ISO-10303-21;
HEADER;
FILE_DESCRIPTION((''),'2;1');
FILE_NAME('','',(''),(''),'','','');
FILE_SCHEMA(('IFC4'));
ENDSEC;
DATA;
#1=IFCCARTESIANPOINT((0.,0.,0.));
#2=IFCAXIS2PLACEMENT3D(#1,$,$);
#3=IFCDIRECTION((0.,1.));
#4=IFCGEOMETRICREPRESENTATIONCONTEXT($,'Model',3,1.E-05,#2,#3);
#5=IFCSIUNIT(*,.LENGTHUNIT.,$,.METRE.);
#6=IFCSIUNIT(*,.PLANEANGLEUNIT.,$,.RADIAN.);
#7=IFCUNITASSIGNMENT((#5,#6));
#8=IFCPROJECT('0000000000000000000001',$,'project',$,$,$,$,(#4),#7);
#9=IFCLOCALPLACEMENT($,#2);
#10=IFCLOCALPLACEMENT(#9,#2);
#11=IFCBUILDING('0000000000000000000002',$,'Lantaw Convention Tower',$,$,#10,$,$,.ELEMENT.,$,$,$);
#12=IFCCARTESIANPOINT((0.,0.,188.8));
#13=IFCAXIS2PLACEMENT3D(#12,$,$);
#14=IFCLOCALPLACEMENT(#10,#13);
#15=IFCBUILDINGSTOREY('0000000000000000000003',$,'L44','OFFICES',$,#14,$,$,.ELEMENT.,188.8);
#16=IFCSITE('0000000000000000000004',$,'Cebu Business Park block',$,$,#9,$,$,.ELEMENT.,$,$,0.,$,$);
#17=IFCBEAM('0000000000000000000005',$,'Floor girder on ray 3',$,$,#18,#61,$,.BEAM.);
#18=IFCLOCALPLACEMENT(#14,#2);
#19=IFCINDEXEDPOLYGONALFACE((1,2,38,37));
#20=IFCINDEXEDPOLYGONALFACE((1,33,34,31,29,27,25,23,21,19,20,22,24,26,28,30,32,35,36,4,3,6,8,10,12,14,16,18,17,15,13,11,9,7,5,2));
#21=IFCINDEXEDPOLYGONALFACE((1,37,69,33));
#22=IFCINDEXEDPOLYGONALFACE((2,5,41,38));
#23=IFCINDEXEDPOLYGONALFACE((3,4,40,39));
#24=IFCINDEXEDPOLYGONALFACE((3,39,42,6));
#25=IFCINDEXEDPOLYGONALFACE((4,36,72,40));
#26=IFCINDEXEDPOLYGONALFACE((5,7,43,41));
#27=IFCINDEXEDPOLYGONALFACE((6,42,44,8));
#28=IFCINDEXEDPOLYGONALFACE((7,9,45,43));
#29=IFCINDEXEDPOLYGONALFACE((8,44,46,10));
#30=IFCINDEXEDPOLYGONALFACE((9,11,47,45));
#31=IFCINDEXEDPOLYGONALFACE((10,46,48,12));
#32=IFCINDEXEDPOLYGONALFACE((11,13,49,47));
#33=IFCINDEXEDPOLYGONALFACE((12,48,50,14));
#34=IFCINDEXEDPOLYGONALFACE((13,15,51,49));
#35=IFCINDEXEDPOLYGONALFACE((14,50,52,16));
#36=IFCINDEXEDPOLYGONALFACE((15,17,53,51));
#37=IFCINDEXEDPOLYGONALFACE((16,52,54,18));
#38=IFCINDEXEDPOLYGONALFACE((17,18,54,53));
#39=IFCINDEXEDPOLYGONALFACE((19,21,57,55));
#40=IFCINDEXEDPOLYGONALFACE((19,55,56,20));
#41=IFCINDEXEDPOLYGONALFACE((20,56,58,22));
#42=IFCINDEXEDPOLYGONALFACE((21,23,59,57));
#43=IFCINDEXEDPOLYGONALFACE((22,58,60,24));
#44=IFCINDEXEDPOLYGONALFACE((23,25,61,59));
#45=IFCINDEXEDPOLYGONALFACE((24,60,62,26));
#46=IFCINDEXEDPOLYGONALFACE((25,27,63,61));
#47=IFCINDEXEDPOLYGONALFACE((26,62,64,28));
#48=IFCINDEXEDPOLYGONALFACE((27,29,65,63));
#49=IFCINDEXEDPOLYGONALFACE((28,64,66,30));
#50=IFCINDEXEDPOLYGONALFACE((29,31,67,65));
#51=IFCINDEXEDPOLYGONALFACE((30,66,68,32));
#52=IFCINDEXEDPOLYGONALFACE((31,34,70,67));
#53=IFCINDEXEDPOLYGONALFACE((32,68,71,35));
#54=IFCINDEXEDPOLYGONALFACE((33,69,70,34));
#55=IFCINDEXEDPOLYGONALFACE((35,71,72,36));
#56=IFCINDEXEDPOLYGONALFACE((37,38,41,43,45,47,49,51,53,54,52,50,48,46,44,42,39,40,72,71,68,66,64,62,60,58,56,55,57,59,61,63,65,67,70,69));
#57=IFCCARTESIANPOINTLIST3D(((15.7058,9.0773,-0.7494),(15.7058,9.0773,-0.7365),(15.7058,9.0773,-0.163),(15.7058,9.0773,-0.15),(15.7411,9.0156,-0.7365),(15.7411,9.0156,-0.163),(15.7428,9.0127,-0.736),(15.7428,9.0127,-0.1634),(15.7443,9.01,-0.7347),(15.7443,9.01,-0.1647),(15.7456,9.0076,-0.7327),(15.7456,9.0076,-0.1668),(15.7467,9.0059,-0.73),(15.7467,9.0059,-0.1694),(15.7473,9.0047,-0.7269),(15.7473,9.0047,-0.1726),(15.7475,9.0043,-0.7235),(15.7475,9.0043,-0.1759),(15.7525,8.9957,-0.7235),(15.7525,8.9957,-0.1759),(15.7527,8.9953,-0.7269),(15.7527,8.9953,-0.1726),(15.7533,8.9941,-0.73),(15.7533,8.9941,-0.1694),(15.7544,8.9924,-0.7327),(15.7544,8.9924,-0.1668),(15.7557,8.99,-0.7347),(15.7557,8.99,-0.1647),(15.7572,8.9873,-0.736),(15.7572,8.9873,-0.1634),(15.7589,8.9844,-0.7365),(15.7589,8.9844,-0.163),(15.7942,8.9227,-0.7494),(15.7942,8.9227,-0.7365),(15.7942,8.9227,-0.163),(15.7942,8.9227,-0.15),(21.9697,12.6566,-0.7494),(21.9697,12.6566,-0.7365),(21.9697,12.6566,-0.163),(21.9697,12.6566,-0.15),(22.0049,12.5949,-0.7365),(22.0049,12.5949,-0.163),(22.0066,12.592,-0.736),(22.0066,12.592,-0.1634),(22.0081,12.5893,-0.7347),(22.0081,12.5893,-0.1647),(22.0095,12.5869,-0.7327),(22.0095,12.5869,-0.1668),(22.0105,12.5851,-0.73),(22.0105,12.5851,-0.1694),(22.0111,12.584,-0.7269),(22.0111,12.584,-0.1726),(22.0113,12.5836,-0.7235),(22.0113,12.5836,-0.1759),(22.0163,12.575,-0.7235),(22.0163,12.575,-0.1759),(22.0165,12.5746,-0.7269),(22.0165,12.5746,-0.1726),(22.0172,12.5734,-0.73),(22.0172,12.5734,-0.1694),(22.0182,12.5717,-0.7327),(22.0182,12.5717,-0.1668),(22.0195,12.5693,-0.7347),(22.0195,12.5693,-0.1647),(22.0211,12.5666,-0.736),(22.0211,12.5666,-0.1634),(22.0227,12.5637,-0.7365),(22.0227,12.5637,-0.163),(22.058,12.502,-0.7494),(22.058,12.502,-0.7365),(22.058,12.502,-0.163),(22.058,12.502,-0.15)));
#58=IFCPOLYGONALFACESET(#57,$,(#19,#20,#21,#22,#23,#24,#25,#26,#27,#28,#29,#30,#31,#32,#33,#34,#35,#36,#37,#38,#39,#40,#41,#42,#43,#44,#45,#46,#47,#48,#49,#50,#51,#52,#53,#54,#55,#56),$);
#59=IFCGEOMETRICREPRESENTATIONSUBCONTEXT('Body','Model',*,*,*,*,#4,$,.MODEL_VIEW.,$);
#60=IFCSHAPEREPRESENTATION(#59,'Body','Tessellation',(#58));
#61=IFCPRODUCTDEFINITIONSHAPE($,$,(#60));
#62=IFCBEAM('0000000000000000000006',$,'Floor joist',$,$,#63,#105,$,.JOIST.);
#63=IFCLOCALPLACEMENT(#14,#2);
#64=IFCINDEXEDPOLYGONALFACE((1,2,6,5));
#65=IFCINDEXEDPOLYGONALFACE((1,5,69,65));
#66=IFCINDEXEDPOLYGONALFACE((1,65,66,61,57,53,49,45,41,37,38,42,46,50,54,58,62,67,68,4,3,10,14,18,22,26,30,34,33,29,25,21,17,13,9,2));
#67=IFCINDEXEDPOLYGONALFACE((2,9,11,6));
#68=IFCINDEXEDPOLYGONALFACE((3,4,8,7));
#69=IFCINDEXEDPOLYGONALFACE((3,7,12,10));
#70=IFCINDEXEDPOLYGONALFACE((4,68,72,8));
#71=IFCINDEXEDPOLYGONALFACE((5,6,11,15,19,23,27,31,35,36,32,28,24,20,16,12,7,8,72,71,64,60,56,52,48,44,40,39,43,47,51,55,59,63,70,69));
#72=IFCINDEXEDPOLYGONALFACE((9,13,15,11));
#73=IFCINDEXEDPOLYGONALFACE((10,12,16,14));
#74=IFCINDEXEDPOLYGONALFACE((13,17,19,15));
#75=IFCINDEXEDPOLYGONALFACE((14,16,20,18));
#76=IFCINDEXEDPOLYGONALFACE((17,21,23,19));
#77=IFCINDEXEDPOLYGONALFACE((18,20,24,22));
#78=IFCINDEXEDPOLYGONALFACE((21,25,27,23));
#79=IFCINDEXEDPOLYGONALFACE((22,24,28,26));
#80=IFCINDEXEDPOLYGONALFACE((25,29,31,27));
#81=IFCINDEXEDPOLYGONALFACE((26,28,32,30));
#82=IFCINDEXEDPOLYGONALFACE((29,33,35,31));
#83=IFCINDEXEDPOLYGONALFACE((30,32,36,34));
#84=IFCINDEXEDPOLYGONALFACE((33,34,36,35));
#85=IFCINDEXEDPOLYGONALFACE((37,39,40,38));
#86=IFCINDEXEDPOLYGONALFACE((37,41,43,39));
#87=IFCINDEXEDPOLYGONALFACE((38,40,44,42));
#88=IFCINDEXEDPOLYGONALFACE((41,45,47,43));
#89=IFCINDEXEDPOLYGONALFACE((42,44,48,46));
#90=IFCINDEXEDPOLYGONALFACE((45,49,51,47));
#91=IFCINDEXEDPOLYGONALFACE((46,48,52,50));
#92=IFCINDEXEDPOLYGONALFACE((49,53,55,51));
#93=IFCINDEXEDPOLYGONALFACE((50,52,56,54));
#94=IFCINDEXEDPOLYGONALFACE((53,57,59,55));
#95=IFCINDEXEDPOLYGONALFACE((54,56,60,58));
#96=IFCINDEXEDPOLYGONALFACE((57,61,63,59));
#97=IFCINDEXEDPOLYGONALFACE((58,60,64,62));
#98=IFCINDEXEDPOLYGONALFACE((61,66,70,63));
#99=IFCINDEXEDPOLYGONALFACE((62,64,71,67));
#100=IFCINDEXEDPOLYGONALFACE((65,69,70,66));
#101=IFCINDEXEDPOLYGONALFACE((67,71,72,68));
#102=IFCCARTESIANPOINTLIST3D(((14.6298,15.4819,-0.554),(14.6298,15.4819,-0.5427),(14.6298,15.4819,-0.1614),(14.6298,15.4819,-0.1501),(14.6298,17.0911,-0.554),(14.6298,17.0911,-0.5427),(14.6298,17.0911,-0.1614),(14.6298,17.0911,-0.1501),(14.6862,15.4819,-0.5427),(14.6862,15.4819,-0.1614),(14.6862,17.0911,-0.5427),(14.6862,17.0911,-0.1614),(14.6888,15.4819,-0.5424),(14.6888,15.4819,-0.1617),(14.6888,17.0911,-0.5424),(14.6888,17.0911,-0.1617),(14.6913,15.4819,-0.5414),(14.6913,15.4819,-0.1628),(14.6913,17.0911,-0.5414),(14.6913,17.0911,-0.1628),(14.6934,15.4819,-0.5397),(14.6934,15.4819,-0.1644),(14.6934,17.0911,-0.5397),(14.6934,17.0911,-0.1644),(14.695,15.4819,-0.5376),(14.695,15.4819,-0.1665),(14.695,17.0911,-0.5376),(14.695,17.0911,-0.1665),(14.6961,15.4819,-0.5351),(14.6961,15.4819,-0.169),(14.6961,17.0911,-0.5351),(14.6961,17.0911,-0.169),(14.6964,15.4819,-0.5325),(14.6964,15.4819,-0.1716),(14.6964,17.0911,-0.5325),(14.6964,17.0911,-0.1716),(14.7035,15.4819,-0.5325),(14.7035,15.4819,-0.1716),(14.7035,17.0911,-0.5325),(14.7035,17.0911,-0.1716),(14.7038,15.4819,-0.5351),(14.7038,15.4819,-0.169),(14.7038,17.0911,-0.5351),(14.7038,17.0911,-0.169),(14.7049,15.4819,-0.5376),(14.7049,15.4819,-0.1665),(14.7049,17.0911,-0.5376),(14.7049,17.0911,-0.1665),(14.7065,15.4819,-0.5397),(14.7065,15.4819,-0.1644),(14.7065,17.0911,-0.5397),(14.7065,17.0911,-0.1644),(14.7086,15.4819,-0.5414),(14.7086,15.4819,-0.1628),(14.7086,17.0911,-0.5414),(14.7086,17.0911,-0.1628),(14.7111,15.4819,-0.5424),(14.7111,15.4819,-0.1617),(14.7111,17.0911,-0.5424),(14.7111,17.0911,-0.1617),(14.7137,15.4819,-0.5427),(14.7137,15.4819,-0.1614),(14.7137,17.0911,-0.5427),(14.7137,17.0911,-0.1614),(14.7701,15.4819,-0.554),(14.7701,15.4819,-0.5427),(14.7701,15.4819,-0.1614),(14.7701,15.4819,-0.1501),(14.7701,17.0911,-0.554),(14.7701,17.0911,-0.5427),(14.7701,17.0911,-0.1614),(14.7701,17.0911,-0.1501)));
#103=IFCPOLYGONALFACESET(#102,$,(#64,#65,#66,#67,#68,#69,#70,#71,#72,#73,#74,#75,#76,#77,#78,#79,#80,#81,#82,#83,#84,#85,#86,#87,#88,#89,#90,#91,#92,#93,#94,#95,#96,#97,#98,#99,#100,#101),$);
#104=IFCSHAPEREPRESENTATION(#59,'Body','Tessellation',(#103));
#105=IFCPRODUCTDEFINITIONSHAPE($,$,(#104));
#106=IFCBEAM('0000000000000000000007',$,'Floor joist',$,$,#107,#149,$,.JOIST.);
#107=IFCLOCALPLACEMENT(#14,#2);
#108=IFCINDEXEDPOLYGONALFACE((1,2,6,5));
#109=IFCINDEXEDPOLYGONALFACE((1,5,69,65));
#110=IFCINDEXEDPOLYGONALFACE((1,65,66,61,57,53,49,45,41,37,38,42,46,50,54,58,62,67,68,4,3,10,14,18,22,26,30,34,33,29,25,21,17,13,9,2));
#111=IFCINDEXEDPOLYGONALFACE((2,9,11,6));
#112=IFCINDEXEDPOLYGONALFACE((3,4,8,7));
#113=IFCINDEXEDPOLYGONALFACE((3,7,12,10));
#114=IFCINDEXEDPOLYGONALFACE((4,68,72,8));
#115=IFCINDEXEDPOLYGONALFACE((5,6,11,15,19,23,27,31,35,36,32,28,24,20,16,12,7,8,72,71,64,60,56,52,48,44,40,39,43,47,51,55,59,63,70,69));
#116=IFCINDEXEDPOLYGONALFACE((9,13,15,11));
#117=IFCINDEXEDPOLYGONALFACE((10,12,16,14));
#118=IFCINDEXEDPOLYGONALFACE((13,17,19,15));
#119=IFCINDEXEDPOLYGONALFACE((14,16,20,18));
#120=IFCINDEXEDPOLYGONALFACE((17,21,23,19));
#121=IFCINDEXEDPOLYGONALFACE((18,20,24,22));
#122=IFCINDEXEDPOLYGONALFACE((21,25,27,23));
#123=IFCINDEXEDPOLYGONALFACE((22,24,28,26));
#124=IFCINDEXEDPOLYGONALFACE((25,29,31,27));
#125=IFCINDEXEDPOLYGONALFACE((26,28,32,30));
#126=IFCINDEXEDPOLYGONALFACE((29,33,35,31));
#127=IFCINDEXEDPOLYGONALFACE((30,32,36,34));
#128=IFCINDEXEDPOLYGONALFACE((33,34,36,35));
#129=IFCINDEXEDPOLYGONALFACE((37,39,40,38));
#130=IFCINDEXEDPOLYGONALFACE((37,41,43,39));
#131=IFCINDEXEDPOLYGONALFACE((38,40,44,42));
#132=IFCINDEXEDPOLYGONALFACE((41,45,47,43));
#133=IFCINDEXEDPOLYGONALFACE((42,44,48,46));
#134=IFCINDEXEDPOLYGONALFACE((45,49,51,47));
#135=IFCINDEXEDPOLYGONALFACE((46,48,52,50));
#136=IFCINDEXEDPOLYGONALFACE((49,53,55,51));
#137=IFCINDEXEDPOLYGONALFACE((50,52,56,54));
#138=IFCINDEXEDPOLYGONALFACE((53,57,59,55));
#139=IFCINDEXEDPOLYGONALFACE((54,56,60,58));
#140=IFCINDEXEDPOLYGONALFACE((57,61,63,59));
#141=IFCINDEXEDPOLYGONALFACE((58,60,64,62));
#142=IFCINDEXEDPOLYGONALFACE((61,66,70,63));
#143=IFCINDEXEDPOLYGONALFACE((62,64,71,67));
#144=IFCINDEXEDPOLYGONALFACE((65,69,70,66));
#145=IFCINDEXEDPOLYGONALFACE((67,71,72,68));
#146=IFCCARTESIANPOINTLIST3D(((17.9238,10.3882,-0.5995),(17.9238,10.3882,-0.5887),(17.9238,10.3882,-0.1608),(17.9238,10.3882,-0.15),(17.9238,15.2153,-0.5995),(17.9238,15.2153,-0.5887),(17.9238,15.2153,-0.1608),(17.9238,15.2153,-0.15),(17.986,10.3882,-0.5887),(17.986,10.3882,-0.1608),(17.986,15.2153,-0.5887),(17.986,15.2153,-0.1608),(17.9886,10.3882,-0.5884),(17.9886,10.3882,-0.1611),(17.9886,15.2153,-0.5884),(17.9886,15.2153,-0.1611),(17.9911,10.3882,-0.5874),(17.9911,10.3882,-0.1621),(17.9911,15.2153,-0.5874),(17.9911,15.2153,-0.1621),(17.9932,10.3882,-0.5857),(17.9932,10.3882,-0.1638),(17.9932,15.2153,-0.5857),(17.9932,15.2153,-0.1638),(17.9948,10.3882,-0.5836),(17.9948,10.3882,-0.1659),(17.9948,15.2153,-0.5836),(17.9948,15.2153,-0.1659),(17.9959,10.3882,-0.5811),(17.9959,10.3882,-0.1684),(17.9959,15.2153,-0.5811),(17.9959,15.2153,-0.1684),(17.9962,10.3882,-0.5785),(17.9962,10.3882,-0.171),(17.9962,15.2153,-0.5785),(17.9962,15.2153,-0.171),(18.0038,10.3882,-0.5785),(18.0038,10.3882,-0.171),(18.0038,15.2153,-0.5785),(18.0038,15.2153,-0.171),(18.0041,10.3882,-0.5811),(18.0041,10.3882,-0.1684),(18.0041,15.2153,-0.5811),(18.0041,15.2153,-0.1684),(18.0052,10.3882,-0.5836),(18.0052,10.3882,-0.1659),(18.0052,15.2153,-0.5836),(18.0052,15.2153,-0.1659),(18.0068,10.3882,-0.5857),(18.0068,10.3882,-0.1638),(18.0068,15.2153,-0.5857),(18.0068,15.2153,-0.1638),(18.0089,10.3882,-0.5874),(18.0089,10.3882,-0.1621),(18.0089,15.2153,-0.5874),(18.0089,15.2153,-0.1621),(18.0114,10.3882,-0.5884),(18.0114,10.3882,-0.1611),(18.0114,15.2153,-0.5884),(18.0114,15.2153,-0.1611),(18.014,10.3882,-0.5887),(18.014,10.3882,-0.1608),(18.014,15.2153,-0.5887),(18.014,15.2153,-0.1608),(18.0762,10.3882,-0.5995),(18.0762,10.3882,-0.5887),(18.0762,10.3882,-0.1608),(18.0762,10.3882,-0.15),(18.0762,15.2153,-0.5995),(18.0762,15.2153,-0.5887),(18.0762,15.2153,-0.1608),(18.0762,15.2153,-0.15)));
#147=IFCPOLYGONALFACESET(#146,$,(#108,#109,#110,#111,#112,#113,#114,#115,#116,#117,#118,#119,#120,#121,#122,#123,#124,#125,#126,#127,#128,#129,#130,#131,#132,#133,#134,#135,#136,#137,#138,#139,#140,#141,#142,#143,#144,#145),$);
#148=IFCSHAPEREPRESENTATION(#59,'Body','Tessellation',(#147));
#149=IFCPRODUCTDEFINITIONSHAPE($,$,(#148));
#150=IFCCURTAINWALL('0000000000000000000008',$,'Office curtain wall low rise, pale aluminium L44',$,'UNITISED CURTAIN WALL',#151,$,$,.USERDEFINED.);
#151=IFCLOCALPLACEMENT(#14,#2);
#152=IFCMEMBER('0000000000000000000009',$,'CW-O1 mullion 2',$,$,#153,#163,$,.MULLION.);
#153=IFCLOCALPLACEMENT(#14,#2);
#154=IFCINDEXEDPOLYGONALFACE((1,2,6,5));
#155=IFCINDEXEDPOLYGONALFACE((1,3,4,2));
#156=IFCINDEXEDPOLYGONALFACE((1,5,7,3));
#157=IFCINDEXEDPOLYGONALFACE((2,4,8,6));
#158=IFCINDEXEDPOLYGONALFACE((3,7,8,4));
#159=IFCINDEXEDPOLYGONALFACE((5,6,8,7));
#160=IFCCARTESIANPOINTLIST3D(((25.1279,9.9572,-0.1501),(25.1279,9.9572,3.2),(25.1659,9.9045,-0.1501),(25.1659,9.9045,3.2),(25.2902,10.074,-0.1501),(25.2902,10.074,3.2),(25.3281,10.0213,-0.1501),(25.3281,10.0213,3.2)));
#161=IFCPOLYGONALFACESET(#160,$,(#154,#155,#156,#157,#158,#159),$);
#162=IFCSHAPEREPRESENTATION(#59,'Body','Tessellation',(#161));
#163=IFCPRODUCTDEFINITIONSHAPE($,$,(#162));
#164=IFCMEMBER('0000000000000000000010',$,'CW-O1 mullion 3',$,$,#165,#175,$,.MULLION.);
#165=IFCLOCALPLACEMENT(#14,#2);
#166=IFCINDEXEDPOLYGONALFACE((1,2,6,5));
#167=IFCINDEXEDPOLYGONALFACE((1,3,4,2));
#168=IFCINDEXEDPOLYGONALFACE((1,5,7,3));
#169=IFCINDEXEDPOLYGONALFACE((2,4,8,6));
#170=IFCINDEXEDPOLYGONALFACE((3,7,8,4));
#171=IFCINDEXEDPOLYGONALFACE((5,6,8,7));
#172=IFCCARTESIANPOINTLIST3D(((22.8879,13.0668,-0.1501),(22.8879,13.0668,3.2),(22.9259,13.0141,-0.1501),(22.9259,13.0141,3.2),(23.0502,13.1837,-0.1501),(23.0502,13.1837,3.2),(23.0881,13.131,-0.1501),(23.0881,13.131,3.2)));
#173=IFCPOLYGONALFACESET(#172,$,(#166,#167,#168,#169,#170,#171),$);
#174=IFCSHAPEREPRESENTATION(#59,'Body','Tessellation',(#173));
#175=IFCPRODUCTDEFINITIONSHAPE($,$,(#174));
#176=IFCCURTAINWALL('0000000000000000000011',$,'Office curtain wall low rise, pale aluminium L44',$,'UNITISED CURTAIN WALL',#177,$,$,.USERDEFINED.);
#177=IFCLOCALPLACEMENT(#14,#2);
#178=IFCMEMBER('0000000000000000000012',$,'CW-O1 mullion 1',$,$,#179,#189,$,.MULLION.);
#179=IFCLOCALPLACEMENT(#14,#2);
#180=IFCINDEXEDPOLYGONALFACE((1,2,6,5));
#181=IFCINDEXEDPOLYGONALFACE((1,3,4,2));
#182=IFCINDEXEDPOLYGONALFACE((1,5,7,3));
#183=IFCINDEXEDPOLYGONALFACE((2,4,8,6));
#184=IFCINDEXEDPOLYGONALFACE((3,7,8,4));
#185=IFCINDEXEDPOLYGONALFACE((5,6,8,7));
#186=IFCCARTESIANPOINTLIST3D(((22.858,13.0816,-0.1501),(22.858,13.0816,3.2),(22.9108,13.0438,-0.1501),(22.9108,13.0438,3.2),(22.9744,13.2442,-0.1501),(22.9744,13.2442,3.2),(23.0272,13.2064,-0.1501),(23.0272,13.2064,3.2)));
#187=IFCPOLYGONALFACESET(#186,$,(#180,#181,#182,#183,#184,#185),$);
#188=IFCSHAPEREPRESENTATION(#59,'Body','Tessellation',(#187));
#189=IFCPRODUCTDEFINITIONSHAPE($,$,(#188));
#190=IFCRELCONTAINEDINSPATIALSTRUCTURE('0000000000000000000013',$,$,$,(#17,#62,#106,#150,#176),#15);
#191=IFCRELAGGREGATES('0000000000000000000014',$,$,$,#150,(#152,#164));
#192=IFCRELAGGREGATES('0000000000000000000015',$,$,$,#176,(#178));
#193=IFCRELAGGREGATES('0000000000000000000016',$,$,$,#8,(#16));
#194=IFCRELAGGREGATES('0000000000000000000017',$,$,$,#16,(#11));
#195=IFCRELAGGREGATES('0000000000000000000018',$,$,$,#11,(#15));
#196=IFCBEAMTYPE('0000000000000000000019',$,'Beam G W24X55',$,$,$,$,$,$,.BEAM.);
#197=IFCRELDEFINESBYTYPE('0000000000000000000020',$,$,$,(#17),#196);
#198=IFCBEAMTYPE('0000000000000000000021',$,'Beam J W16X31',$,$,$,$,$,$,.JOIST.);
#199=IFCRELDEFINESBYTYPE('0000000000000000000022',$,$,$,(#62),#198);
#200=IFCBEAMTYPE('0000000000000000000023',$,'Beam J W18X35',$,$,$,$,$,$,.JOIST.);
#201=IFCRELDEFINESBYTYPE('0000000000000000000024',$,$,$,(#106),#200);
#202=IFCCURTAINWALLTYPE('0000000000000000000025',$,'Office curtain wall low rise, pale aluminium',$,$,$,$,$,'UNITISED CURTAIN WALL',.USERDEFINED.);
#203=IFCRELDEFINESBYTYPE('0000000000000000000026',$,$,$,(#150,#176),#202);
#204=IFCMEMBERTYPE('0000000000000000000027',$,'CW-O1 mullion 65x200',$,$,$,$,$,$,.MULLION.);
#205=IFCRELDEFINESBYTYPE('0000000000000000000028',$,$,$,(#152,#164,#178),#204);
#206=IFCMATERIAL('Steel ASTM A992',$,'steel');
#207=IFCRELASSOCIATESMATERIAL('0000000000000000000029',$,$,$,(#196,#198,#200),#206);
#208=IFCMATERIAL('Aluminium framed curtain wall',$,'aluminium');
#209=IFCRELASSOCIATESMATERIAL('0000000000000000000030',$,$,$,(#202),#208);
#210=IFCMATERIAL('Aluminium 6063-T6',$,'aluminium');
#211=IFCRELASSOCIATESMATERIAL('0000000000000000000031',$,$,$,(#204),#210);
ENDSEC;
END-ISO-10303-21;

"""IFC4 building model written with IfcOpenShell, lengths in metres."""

from ifc_helpers import new_model, si_unit, direction, frame, origin, origin_2d, place, context, subcontext, project, spatial, rectangle, i_section, extrude, material, material_profile, profile_set, type_object, element, aggregate, save


model = new_model("IFC4")

# Units and contexts
model_context = context("Model", 3, precision=1e-05, world=origin(), true_north=direction((0.0, 1.0)))
body_context = subcontext(model_context, "Body", "Model", "MODEL_VIEW")
ifc_project = project(units=[si_unit("LENGTHUNIT", "METRE"), si_unit("PLANEANGLEUNIT", "RADIAN")], contexts=[model_context])

# Site, building, storey
site_placement = place(None, origin())
site = spatial("IfcSite", under=ifc_project, at=site_placement, Name="Cebu Business Park block", CompositionType="ELEMENT", RefElevation=0.0)
building_placement = place(site_placement, origin())
building = spatial("IfcBuilding", under=site, at=building_placement, Name="Lantaw Convention Tower", CompositionType="ELEMENT")
storey_placement = place(building_placement, frame((0.0, 0.0, 188.8)))
storey = spatial("IfcBuildingStorey", under=building, at=storey_placement, Name="L44", Description="OFFICES", CompositionType="ELEMENT", Elevation=188.8)

# Beams
ifc_material_1 = material(Name="Steel ASTM A992", Category="steel")
ifc_material_profile_1 = material_profile(ifc_material_1, i_section(OverallWidth=0.178, OverallDepth=0.5994, WebThickness=0.01, FlangeThickness=0.0129, FilletRadius=0.0129, at=origin_2d()), Name="W24X55")
ifc_profile_set_1 = profile_set([ifc_material_profile_1], Name="Steel ASTM A992")
beam_type_1 = type_object("IfcBeamType", Name="Beam G W24X55", PredefinedType="BEAM", material=ifc_profile_set_1)
beam_1_placement = place(storey_placement, frame((15.75, 9.0, -0.4497), z_axis=(0.868245, 0.496135, 0.0), x_axis=(-0.496135, 0.868245, 0.0)))
element("IfcBeam", 1, at=beam_1_placement, inside=storey, type_object=beam_type_1, Name="Floor girder on ray 3", PredefinedType="BEAM", context=body_context, shape_type="SweptSolid", body=[
    extrude(i_section(OverallWidth=0.178, OverallDepth=0.5994, WebThickness=0.01, FlangeThickness=0.0129, FilletRadius=0.0129, at=origin_2d()), origin(), (0.0, 0.0, 1.0), 7.2144),
])
ifc_material_profile_2 = material_profile(ifc_material_1, i_section(OverallWidth=0.1404, OverallDepth=0.4038, WebThickness=0.0071, FlangeThickness=0.0112, FilletRadius=0.0103, at=origin_2d()), Name="W16X31")
ifc_profile_set_2 = profile_set([ifc_material_profile_2], Name="Steel ASTM A992")
beam_type_2 = type_object("IfcBeamType", Name="Beam J W16X31", PredefinedType="JOIST", material=ifc_profile_set_2)
beam_2_placement = place(storey_placement, frame((14.7, 15.4819, -0.3521), z_axis=(0.0, 1.0, 0.0), x_axis=(-1.0, 0.0, 0.0)))
element("IfcBeam", 2, at=beam_2_placement, inside=storey, type_object=beam_type_2, Name="Floor joist", PredefinedType="JOIST", context=body_context, shape_type="SweptSolid", body=[
    extrude(i_section(OverallWidth=0.1404, OverallDepth=0.4038, WebThickness=0.0071, FlangeThickness=0.0112, FilletRadius=0.0103, at=origin_2d()), origin(), (0.0, 0.0, 1.0), 1.6091),
])
ifc_material_profile_3 = material_profile(ifc_material_1, i_section(OverallWidth=0.1523, OverallDepth=0.4495, WebThickness=0.0076, FlangeThickness=0.0107, FilletRadius=0.0103, at=origin_2d()), Name="W18X35")
ifc_profile_set_3 = profile_set([ifc_material_profile_3], Name="Steel ASTM A992")
beam_type_3 = type_object("IfcBeamType", Name="Beam J W18X35", PredefinedType="JOIST", material=ifc_profile_set_3)
beam_3_placement = place(storey_placement, frame((18.0, 10.3882, -0.3748), z_axis=(0.0, 1.0, 0.0), x_axis=(-1.0, 0.0, 0.0)))
element("IfcBeam", 3, at=beam_3_placement, inside=storey, type_object=beam_type_3, Name="Floor joist", PredefinedType="JOIST", context=body_context, shape_type="SweptSolid", body=[
    extrude(i_section(OverallWidth=0.1523, OverallDepth=0.4495, WebThickness=0.0076, FlangeThickness=0.0107, FilletRadius=0.0103, at=origin_2d()), origin(), (0.0, 0.0, 1.0), 4.8271),
])

# Curtain walls, members
ifc_material_2 = material(Name="Aluminium framed curtain wall", Category="aluminium")
curtain_wall_type = type_object("IfcCurtainWallType", Name="Office curtain wall low rise, pale aluminium", ElementType="UNITISED CURTAIN WALL", PredefinedType="USERDEFINED", material=ifc_material_2)
curtain_wall_1_placement = place(storey_placement, origin())
curtain_wall_1 = element("IfcCurtainWall", 4, at=curtain_wall_1_placement, inside=storey, type_object=curtain_wall_type, Name="Office curtain wall low rise, pale aluminium L44", ObjectType="UNITISED CURTAIN WALL", PredefinedType="USERDEFINED")
ifc_material_3 = material(Name="Aluminium 6063-T6", Category="aluminium")
ifc_material_profile_4 = material_profile(ifc_material_3, rectangle(XDim=0.2, YDim=0.0649, at=origin_2d()), Name="CW-O1 mullion 65x200")
ifc_profile_set_4 = profile_set([ifc_material_profile_4], Name="Aluminium 6063-T6")
member_type_1 = type_object("IfcMemberType", Name="CW-O1 mullion 65x200", PredefinedType="MULLION", material=ifc_profile_set_4)
member_1_placement = place(storey_placement, frame((25.228, 9.9893, -0.1501), z_axis=(0.0, 0.0, 1.0), x_axis=(-0.811385, -0.584513, 0.0)))
member_1 = element("IfcMember", 5, at=member_1_placement, type_object=member_type_1, Name="CW-O1 mullion 2", PredefinedType="MULLION", context=body_context, shape_type="SweptSolid", body=[
    extrude(rectangle(XDim=0.2, YDim=0.0649, at=origin_2d()), origin(), (0.0, 0.0, 1.0), 3.3501),
])
member_2_placement = place(storey_placement, frame((22.988, 13.0989, -0.1501), z_axis=(0.0, 0.0, 1.0), x_axis=(-0.811385, -0.584513, 0.0)))
member_2 = element("IfcMember", 6, at=member_2_placement, type_object=member_type_1, Name="CW-O1 mullion 3", PredefinedType="MULLION", context=body_context, shape_type="SweptSolid", body=[
    extrude(rectangle(XDim=0.2, YDim=0.0649, at=origin_2d()), origin(), (0.0, 0.0, 1.0), 3.3501),
])
curtain_wall_2_placement = place(storey_placement, origin())
curtain_wall_2 = element("IfcCurtainWall", 7, at=curtain_wall_2_placement, inside=storey, type_object=curtain_wall_type, Name="Office curtain wall low rise, pale aluminium L44", ObjectType="UNITISED CURTAIN WALL", PredefinedType="USERDEFINED")
member_3_placement = place(storey_placement, frame((22.9426, 13.144, -0.1501), z_axis=(0.0, 0.0, 1.0), x_axis=(-0.581973, -0.813208, 0.0)))
member_3 = element("IfcMember", 8, at=member_3_placement, type_object=member_type_1, Name="CW-O1 mullion 1", PredefinedType="MULLION", context=body_context, shape_type="SweptSolid", body=[
    extrude(rectangle(XDim=0.2, YDim=0.0649, at=origin_2d()), origin(), (0.0, 0.0, 1.0), 3.3501),
])

aggregate(curtain_wall_1, [member_1, member_2])
aggregate(curtain_wall_2, [member_3])

save(model, "model.ifc")
